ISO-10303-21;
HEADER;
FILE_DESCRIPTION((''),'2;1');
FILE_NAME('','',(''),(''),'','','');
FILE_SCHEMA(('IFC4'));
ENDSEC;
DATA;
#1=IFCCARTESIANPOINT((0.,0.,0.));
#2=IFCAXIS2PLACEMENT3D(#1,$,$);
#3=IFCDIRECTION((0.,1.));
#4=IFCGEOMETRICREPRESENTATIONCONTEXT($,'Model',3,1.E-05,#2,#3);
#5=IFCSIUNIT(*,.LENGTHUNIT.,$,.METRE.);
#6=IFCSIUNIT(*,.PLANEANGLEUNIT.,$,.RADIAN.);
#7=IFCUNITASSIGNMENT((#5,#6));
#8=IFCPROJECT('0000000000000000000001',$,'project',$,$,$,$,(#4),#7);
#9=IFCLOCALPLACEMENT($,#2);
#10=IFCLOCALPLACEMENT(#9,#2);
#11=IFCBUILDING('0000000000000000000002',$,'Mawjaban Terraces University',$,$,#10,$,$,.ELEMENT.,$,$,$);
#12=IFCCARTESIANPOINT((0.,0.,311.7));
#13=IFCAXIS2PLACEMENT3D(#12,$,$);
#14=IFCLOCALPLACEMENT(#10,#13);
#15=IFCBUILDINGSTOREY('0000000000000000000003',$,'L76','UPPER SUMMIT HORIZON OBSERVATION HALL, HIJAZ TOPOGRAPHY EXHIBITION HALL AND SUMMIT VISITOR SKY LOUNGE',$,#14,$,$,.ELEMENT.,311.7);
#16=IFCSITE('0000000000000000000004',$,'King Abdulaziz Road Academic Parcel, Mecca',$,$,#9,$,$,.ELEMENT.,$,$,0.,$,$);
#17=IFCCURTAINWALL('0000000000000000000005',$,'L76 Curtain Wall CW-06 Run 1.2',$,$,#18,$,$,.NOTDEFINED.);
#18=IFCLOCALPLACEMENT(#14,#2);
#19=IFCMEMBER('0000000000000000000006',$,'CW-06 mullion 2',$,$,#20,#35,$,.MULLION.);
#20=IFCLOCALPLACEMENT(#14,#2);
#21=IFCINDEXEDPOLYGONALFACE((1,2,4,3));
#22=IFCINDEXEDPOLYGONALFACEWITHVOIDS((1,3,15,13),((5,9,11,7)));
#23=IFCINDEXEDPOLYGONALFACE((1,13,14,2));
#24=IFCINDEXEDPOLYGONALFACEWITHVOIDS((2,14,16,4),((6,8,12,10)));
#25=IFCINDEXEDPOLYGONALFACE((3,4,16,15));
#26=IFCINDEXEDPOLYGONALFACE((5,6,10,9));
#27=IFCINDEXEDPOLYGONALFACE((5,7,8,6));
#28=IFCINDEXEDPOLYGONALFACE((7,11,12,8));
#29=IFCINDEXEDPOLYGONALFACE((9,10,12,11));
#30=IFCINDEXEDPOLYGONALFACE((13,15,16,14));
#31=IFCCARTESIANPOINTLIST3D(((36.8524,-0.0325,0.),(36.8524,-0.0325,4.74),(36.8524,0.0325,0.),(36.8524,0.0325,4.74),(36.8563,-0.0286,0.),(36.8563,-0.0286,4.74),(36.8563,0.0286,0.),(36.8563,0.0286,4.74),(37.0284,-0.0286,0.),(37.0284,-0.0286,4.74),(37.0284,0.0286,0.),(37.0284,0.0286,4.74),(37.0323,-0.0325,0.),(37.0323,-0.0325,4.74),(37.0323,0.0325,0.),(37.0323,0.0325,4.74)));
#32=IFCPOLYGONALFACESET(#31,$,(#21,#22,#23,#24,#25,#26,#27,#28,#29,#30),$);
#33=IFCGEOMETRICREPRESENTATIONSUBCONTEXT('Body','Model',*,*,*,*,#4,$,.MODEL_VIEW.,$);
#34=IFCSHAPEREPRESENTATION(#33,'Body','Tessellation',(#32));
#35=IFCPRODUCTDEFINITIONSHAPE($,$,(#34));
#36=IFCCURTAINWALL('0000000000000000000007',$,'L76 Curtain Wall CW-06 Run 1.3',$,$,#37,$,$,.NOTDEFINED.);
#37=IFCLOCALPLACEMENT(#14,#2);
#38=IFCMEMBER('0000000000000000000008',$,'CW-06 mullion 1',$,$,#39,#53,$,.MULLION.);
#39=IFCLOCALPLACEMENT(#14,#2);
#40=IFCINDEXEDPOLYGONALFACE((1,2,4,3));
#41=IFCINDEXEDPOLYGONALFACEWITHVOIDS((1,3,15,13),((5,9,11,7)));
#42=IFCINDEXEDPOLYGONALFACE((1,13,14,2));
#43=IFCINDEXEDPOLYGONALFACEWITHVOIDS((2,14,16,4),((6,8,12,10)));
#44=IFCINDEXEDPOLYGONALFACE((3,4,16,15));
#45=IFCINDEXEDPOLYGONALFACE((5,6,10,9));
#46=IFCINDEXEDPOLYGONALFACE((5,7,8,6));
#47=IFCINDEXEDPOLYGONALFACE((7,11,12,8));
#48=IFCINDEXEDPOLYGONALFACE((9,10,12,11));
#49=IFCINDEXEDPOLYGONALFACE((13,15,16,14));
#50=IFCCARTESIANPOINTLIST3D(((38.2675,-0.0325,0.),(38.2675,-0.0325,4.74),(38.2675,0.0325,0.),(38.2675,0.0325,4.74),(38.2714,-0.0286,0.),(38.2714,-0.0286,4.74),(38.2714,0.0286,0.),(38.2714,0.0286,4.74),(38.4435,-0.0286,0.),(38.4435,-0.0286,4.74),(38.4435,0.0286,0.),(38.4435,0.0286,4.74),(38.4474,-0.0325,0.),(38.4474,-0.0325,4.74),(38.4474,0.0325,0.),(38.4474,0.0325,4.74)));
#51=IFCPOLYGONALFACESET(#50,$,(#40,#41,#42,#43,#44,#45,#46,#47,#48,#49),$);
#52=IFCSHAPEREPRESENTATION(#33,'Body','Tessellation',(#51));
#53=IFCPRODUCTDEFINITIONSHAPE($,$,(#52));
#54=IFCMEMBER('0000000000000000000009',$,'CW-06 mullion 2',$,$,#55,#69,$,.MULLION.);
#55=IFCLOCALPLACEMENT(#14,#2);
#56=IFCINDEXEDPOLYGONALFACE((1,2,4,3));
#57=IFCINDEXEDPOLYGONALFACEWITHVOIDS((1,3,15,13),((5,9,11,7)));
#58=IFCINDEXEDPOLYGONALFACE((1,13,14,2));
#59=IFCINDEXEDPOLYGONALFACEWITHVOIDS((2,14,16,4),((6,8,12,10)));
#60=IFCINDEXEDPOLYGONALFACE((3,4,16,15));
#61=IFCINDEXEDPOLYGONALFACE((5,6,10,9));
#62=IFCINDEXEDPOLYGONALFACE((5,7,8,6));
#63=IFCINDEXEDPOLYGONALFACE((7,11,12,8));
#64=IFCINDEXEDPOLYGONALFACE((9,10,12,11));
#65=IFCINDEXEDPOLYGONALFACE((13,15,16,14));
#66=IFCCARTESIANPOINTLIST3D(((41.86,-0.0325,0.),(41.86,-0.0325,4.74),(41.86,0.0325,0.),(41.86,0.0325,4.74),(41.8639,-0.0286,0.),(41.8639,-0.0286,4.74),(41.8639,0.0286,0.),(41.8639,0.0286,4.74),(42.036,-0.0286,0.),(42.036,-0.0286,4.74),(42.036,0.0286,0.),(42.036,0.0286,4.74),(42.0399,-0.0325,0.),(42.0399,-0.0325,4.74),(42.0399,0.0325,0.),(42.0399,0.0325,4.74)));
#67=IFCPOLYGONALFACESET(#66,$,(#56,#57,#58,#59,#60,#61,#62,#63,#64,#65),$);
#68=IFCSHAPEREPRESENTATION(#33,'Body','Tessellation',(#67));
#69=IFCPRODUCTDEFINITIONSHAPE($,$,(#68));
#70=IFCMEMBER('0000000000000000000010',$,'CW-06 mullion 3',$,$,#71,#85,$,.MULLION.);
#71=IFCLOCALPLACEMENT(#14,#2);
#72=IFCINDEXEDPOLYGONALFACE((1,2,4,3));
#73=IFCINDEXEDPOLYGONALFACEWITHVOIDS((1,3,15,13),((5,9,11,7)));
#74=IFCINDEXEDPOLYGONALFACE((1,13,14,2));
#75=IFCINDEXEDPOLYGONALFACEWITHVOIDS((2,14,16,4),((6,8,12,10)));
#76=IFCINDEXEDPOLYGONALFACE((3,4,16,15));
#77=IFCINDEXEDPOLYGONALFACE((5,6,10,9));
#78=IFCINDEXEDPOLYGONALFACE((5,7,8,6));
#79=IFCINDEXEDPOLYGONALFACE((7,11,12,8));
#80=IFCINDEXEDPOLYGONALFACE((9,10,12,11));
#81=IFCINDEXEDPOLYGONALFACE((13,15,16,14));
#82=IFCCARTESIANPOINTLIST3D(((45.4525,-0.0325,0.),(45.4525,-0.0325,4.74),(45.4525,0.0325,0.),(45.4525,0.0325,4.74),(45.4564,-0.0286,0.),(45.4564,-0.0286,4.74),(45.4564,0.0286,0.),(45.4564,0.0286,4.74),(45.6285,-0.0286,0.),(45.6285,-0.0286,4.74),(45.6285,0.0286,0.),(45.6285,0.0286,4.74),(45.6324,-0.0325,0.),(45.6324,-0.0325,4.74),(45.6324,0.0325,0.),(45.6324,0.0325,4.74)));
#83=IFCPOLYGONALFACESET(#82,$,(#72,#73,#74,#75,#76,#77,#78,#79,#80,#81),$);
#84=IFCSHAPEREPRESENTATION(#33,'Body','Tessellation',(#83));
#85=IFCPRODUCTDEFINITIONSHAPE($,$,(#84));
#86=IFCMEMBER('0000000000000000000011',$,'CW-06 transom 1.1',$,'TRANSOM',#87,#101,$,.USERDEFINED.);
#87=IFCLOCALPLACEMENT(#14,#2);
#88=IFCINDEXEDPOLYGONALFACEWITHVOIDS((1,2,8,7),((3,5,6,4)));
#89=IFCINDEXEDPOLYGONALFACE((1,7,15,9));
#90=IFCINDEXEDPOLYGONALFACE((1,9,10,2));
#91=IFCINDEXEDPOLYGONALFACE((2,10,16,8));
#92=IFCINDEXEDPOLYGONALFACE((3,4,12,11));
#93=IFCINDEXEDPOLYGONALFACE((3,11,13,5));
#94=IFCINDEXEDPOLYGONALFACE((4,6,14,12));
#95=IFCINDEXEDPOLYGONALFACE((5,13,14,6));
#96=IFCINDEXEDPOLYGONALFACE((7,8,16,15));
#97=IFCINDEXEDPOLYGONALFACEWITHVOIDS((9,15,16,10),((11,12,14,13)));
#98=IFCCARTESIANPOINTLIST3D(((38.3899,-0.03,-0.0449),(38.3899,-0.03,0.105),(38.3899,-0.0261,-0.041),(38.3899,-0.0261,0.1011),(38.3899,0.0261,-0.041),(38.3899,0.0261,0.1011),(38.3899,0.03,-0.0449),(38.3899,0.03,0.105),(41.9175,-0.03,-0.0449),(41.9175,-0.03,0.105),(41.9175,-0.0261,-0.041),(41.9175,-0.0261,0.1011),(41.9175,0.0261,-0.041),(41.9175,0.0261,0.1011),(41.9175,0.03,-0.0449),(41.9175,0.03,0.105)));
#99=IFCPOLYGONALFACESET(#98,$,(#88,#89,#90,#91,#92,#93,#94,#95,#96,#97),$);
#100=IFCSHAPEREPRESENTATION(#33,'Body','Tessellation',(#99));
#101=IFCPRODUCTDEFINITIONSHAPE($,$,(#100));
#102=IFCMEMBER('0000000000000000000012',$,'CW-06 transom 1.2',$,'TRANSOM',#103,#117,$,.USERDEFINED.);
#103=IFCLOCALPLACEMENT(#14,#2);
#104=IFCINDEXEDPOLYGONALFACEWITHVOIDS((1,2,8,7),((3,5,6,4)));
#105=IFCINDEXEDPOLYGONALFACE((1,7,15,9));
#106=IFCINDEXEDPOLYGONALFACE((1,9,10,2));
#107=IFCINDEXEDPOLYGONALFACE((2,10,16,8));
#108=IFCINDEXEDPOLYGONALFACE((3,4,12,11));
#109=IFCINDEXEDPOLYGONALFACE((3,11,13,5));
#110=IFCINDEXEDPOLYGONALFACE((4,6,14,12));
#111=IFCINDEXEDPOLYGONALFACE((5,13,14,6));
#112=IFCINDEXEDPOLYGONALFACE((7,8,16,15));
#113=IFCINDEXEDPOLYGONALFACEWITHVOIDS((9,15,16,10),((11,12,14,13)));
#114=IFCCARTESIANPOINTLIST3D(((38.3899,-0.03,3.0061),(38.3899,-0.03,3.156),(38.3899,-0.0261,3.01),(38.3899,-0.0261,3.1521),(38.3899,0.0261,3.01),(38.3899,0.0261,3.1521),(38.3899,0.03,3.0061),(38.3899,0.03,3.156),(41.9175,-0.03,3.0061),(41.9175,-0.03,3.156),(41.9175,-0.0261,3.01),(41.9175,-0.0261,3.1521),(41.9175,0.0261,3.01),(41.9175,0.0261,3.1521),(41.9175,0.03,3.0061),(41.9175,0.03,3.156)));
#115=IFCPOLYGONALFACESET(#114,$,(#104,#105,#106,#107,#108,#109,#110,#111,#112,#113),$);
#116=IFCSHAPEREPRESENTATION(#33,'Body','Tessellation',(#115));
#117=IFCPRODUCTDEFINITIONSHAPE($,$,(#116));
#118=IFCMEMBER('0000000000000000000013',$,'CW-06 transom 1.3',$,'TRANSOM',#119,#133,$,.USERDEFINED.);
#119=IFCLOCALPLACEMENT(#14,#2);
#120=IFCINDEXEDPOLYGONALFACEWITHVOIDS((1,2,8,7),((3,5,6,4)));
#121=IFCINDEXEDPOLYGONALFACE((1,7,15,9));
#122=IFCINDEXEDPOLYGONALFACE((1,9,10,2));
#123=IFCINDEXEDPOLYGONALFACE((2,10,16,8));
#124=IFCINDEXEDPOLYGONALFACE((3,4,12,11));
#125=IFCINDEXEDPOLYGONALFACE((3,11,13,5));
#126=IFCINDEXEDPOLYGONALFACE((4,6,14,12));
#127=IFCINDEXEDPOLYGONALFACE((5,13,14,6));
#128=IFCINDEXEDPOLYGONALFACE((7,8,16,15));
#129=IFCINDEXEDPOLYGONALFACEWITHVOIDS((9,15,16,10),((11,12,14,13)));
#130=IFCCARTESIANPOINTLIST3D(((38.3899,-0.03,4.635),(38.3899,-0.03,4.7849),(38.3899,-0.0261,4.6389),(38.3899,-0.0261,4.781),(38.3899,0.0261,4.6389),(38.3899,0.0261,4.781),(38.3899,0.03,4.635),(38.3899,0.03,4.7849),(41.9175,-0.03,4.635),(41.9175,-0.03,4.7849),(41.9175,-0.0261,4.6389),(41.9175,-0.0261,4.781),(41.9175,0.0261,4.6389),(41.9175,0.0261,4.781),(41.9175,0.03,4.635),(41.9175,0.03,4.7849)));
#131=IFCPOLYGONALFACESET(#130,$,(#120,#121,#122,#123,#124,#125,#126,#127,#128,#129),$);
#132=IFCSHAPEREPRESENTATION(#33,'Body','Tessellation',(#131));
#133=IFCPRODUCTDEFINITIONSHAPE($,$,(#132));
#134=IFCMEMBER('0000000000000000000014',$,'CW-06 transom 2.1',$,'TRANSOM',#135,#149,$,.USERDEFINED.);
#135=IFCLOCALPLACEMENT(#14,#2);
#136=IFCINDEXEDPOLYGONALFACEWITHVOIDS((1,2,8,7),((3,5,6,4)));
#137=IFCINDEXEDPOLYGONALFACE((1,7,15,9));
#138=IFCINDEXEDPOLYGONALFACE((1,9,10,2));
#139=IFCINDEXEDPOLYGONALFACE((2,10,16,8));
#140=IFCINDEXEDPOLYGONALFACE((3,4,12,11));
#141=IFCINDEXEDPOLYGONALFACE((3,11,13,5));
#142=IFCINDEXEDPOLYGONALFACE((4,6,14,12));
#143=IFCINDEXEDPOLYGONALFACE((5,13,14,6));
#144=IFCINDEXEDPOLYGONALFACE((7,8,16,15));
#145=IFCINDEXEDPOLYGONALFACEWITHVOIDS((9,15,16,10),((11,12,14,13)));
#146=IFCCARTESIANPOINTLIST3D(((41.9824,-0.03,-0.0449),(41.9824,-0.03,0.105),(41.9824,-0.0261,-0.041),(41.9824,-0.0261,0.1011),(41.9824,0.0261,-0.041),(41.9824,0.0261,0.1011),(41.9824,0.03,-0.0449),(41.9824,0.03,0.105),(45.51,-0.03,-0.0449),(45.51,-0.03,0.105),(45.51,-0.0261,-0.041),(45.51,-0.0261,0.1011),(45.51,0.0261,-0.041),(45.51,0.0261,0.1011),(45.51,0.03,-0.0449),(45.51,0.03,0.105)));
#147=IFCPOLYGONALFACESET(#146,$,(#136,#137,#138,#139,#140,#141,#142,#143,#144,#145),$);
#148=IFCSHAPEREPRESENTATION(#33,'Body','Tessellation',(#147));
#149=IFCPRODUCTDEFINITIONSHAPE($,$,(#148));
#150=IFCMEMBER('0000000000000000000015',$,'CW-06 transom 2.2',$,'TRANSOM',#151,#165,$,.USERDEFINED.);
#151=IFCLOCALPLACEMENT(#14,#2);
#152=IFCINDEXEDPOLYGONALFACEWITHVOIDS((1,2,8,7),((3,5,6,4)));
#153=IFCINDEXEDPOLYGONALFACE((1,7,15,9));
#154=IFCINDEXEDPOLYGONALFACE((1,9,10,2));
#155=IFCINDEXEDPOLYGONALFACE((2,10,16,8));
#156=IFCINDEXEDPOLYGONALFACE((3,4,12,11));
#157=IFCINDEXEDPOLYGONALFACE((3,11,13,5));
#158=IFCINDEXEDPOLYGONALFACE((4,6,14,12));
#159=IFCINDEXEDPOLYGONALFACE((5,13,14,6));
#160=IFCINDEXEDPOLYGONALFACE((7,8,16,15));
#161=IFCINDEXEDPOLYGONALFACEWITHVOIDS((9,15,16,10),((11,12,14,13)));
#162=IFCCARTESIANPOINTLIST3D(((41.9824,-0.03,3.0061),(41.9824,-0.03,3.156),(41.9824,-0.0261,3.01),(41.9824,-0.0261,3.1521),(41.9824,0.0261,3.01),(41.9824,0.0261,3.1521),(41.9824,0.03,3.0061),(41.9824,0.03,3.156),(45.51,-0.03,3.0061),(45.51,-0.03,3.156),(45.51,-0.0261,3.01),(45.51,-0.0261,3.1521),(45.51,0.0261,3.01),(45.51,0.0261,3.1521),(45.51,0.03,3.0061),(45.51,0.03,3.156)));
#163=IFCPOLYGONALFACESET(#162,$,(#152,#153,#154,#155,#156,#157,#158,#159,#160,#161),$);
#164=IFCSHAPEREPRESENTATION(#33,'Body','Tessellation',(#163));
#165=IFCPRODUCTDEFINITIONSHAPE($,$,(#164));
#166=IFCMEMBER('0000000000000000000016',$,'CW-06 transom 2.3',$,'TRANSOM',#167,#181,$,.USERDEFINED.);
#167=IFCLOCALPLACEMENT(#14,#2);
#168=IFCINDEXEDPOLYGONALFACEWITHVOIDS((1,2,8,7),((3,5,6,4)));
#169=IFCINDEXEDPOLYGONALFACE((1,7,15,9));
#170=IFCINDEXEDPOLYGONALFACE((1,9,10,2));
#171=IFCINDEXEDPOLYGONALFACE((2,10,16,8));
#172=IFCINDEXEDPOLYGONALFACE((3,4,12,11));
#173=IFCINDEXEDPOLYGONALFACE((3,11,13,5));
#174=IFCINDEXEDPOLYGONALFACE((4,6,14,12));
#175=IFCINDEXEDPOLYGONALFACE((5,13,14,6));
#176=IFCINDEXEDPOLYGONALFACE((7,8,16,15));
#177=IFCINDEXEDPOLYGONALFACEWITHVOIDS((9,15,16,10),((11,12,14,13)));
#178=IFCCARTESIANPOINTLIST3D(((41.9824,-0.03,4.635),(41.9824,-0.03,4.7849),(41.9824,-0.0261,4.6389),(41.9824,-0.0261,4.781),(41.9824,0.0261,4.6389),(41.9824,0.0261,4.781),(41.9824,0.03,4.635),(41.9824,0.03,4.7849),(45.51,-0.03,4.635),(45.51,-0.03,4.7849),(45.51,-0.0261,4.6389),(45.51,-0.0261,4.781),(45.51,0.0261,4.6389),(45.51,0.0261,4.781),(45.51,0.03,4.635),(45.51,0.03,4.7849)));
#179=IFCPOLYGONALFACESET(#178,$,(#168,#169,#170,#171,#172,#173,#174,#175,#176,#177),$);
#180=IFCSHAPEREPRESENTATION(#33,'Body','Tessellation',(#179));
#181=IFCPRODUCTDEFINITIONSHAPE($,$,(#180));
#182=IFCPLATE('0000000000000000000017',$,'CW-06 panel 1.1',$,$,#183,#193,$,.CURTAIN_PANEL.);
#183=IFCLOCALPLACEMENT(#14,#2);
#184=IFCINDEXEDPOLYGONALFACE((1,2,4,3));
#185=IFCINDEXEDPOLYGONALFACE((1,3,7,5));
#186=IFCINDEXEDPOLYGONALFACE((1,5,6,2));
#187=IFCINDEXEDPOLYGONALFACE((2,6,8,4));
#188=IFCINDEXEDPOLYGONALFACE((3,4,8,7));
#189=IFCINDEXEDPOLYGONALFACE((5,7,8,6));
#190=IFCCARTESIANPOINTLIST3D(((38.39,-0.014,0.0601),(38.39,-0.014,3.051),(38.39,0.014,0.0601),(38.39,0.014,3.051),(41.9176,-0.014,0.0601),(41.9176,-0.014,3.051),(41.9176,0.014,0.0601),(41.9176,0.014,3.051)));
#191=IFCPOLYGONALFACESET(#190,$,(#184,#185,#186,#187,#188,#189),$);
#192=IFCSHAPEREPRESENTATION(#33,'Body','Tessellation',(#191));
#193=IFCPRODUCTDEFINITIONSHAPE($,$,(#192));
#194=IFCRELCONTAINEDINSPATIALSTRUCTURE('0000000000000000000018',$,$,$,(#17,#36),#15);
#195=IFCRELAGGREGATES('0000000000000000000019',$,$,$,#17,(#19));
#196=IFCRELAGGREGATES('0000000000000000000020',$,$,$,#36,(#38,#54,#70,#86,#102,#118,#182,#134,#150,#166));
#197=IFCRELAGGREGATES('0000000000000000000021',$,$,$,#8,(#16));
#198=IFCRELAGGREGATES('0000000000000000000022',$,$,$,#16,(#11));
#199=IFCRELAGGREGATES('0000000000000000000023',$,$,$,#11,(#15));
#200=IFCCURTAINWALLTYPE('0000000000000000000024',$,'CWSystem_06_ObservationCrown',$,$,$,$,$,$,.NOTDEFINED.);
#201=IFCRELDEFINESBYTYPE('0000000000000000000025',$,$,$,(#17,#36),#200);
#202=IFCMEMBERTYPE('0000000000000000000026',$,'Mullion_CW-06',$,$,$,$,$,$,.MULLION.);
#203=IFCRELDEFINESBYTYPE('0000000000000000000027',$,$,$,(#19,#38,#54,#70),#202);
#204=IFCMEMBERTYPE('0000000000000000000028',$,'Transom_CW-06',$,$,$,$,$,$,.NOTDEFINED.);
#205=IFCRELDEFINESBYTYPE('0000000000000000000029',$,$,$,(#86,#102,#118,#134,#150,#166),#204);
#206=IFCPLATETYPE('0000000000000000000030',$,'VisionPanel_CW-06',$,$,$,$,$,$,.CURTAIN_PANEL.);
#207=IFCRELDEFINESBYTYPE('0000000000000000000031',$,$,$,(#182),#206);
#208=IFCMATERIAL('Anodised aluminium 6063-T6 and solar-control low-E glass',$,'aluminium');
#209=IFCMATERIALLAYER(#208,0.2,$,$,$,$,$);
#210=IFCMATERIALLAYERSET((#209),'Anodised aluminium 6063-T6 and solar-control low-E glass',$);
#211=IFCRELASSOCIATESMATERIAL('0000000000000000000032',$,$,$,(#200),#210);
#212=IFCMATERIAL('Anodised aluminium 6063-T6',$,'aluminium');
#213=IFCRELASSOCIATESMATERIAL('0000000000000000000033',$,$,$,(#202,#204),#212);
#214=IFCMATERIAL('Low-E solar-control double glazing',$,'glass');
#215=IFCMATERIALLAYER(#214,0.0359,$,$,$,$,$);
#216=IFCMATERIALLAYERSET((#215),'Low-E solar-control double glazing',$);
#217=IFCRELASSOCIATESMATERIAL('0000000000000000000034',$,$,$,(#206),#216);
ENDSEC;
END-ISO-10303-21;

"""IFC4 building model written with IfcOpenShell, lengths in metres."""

from ifc_helpers import new_model, si_unit, direction, frame, origin, origin_2d, place, context, subcontext, project, spatial, rectangle, hollow_rectangle, extrude, material, layer, layer_set, material_profile, profile_set, type_object, element, aggregate, save


model = new_model("IFC4")

# Units and contexts
model_context = context("Model", 3, precision=1e-05, world=origin(), true_north=direction((0.0, 1.0)))
body_context = subcontext(model_context, "Body", "Model", "MODEL_VIEW")
ifc_project = project(units=[si_unit("LENGTHUNIT", "METRE"), si_unit("PLANEANGLEUNIT", "RADIAN")], contexts=[model_context])

# Site, building, storey
site_placement = place(None, origin())
site = spatial("IfcSite", under=ifc_project, at=site_placement, Name="King Abdulaziz Road Academic Parcel, Mecca", CompositionType="ELEMENT", RefElevation=0.0)
building_placement = place(site_placement, origin())
building = spatial("IfcBuilding", under=site, at=building_placement, Name="Mawjaban Terraces University", CompositionType="ELEMENT")
storey_placement = place(building_placement, frame((0.0, 0.0, 311.7)))
storey = spatial("IfcBuildingStorey", under=building, at=storey_placement, Name="L76", Description="UPPER SUMMIT HORIZON OBSERVATION HALL, HIJAZ TOPOGRAPHY EXHIBITION HALL AND SUMMIT VISITOR SKY LOUNGE", CompositionType="ELEMENT", Elevation=311.7)

# Curtain wall, member
ifc_material_1 = material(Name="Anodised aluminium 6063-T6 and solar-control low-E glass", Category="aluminium")
ifc_layer_1 = layer(ifc_material_1, 0.2)
ifc_layer_set_1 = layer_set([ifc_layer_1], Name="Anodised aluminium 6063-T6 and solar-control low-E glass")
curtain_wall_type = type_object("IfcCurtainWallType", Name="CWSystem_06_ObservationCrown", PredefinedType="NOTDEFINED", material=ifc_layer_set_1)
curtain_wall_1_placement = place(storey_placement, origin())
curtain_wall_1 = element("IfcCurtainWall", 1, at=curtain_wall_1_placement, inside=storey, type_object=curtain_wall_type, Name="L76 Curtain Wall CW-06 Run 1.2", PredefinedType="NOTDEFINED")
ifc_material_2 = material(Name="Anodised aluminium 6063-T6", Category="aluminium")
ifc_material_profile_1 = material_profile(ifc_material_2, hollow_rectangle(XDim=0.0649, YDim=0.1799, WallThickness=0.0039, at=origin_2d()), Name="ALU180X65X4")
ifc_profile_set_1 = profile_set([ifc_material_profile_1], Name="Anodised aluminium 6063-T6")
member_type_1 = type_object("IfcMemberType", Name="Mullion_CW-06", PredefinedType="MULLION", material=ifc_profile_set_1)
member_1_placement = place(storey_placement, frame((36.9424, 0.0, 0.0), z_axis=(0.0, 0.0, 1.0), x_axis=(0.0, 1.0, 0.0)))
member_1 = element("IfcMember", 2, at=member_1_placement, type_object=member_type_1, Name="CW-06 mullion 2", PredefinedType="MULLION", context=body_context, shape_type="SweptSolid", body=[
    extrude(hollow_rectangle(XDim=0.0649, YDim=0.1799, WallThickness=0.0039, at=origin_2d()), origin(), (0.0, 0.0, 1.0), 4.74),
])
aggregate(curtain_wall_1, [member_1])

# Curtain wall, members, plate
curtain_wall_2_placement = place(storey_placement, origin())
curtain_wall_2 = element("IfcCurtainWall", 3, at=curtain_wall_2_placement, inside=storey, type_object=curtain_wall_type, Name="L76 Curtain Wall CW-06 Run 1.3", PredefinedType="NOTDEFINED")
member_2_placement = place(storey_placement, frame((38.3574, 0.0, 0.0), z_axis=(0.0, 0.0, 1.0), x_axis=(0.0, 1.0, 0.0)))
member_2 = element("IfcMember", 4, at=member_2_placement, type_object=member_type_1, Name="CW-06 mullion 1", PredefinedType="MULLION", context=body_context, shape_type="SweptSolid", body=[
    extrude(hollow_rectangle(XDim=0.0649, YDim=0.1799, WallThickness=0.0039, at=origin_2d()), origin(), (0.0, 0.0, 1.0), 4.74),
])
member_3_placement = place(storey_placement, frame((41.95, 0.0, 0.0), z_axis=(0.0, 0.0, 1.0), x_axis=(0.0, 1.0, 0.0)))
member_3 = element("IfcMember", 5, at=member_3_placement, type_object=member_type_1, Name="CW-06 mullion 2", PredefinedType="MULLION", context=body_context, shape_type="SweptSolid", body=[
    extrude(hollow_rectangle(XDim=0.0649, YDim=0.1799, WallThickness=0.0039, at=origin_2d()), origin(), (0.0, 0.0, 1.0), 4.74),
])
member_4_placement = place(storey_placement, frame((45.5425, 0.0, 0.0), z_axis=(0.0, 0.0, 1.0), x_axis=(0.0, 1.0, 0.0)))
member_4 = element("IfcMember", 6, at=member_4_placement, type_object=member_type_1, Name="CW-06 mullion 3", PredefinedType="MULLION", context=body_context, shape_type="SweptSolid", body=[
    extrude(hollow_rectangle(XDim=0.0649, YDim=0.1799, WallThickness=0.0039, at=origin_2d()), origin(), (0.0, 0.0, 1.0), 4.74),
])
ifc_material_profile_2 = material_profile(ifc_material_2, hollow_rectangle(XDim=0.0601, YDim=0.1499, WallThickness=0.0039, at=origin_2d()), Name="ALU150X60X4")
ifc_profile_set_2 = profile_set([ifc_material_profile_2], Name="Anodised aluminium 6063-T6")
member_type_2 = type_object("IfcMemberType", Name="Transom_CW-06", PredefinedType="NOTDEFINED", material=ifc_profile_set_2)
member_5_placement = place(storey_placement, frame((38.3899, 0.0, 0.03), z_axis=(1.0, 0.0, 0.0), x_axis=(0.0, 1.0, 0.0)))
member_5 = element("IfcMember", 7, at=member_5_placement, type_object=member_type_2, Name="CW-06 transom 1.1", ObjectType="TRANSOM", PredefinedType="USERDEFINED", context=body_context, shape_type="SweptSolid", body=[
    extrude(hollow_rectangle(XDim=0.0601, YDim=0.1499, WallThickness=0.0039, at=origin_2d()), origin(), (0.0, 0.0, 1.0), 3.5276),
])
member_6_placement = place(storey_placement, frame((38.3899, 0.0, 3.0811), z_axis=(1.0, 0.0, 0.0), x_axis=(0.0, 1.0, 0.0)))
member_6 = element("IfcMember", 8, at=member_6_placement, type_object=member_type_2, Name="CW-06 transom 1.2", ObjectType="TRANSOM", PredefinedType="USERDEFINED", context=body_context, shape_type="SweptSolid", body=[
    extrude(hollow_rectangle(XDim=0.0601, YDim=0.1499, WallThickness=0.0039, at=origin_2d()), origin(), (0.0, 0.0, 1.0), 3.5276),
])
member_7_placement = place(storey_placement, frame((38.3899, 0.0, 4.71), z_axis=(1.0, 0.0, 0.0), x_axis=(0.0, 1.0, 0.0)))
member_7 = element("IfcMember", 9, at=member_7_placement, type_object=member_type_2, Name="CW-06 transom 1.3", ObjectType="TRANSOM", PredefinedType="USERDEFINED", context=body_context, shape_type="SweptSolid", body=[
    extrude(hollow_rectangle(XDim=0.0601, YDim=0.1499, WallThickness=0.0039, at=origin_2d()), origin(), (0.0, 0.0, 1.0), 3.5276),
])
member_8_placement = place(storey_placement, frame((41.9824, 0.0, 0.03), z_axis=(1.0, 0.0, 0.0), x_axis=(0.0, 1.0, 0.0)))
member_8 = element("IfcMember", 10, at=member_8_placement, type_object=member_type_2, Name="CW-06 transom 2.1", ObjectType="TRANSOM", PredefinedType="USERDEFINED", context=body_context, shape_type="SweptSolid", body=[
    extrude(hollow_rectangle(XDim=0.0601, YDim=0.1499, WallThickness=0.0039, at=origin_2d()), origin(), (0.0, 0.0, 1.0), 3.5276),
])
member_9_placement = place(storey_placement, frame((41.9824, 0.0, 3.0811), z_axis=(1.0, 0.0, 0.0), x_axis=(0.0, 1.0, 0.0)))
member_9 = element("IfcMember", 11, at=member_9_placement, type_object=member_type_2, Name="CW-06 transom 2.2", ObjectType="TRANSOM", PredefinedType="USERDEFINED", context=body_context, shape_type="SweptSolid", body=[
    extrude(hollow_rectangle(XDim=0.0601, YDim=0.1499, WallThickness=0.0039, at=origin_2d()), origin(), (0.0, 0.0, 1.0), 3.5276),
])
member_10_placement = place(storey_placement, frame((41.9824, 0.0, 4.71), z_axis=(1.0, 0.0, 0.0), x_axis=(0.0, 1.0, 0.0)))
member_10 = element("IfcMember", 12, at=member_10_placement, type_object=member_type_2, Name="CW-06 transom 2.3", ObjectType="TRANSOM", PredefinedType="USERDEFINED", context=body_context, shape_type="SweptSolid", body=[
    extrude(hollow_rectangle(XDim=0.0601, YDim=0.1499, WallThickness=0.0039, at=origin_2d()), origin(), (0.0, 0.0, 1.0), 3.5276),
])
ifc_material_3 = material(Name="Low-E solar-control double glazing", Category="glass")
ifc_layer_2 = layer(ifc_material_3, 0.0359)
ifc_layer_set_2 = layer_set([ifc_layer_2], Name="Low-E solar-control double glazing")
plate_type = type_object("IfcPlateType", Name="VisionPanel_CW-06", PredefinedType="CURTAIN_PANEL", material=ifc_layer_set_2)
plate_1_placement = place(storey_placement, frame((40.1538, 0.0, 0.0601), z_axis=(0.0, 0.0, 1.0), x_axis=(1.0, 0.0, 0.0)))
plate_1 = element("IfcPlate", 13, at=plate_1_placement, type_object=plate_type, Name="CW-06 panel 1.1", PredefinedType="CURTAIN_PANEL", context=body_context, shape_type="SweptSolid", body=[
    extrude(rectangle(XDim=3.5276, YDim=0.0281, at=origin_2d()), origin(), (0.0, 0.0, 1.0), 2.991),
])
aggregate(curtain_wall_2, [member_2, member_3, member_4, member_5, member_6, member_7, plate_1, member_8, member_9, member_10])

save(model, "model.ifc")
